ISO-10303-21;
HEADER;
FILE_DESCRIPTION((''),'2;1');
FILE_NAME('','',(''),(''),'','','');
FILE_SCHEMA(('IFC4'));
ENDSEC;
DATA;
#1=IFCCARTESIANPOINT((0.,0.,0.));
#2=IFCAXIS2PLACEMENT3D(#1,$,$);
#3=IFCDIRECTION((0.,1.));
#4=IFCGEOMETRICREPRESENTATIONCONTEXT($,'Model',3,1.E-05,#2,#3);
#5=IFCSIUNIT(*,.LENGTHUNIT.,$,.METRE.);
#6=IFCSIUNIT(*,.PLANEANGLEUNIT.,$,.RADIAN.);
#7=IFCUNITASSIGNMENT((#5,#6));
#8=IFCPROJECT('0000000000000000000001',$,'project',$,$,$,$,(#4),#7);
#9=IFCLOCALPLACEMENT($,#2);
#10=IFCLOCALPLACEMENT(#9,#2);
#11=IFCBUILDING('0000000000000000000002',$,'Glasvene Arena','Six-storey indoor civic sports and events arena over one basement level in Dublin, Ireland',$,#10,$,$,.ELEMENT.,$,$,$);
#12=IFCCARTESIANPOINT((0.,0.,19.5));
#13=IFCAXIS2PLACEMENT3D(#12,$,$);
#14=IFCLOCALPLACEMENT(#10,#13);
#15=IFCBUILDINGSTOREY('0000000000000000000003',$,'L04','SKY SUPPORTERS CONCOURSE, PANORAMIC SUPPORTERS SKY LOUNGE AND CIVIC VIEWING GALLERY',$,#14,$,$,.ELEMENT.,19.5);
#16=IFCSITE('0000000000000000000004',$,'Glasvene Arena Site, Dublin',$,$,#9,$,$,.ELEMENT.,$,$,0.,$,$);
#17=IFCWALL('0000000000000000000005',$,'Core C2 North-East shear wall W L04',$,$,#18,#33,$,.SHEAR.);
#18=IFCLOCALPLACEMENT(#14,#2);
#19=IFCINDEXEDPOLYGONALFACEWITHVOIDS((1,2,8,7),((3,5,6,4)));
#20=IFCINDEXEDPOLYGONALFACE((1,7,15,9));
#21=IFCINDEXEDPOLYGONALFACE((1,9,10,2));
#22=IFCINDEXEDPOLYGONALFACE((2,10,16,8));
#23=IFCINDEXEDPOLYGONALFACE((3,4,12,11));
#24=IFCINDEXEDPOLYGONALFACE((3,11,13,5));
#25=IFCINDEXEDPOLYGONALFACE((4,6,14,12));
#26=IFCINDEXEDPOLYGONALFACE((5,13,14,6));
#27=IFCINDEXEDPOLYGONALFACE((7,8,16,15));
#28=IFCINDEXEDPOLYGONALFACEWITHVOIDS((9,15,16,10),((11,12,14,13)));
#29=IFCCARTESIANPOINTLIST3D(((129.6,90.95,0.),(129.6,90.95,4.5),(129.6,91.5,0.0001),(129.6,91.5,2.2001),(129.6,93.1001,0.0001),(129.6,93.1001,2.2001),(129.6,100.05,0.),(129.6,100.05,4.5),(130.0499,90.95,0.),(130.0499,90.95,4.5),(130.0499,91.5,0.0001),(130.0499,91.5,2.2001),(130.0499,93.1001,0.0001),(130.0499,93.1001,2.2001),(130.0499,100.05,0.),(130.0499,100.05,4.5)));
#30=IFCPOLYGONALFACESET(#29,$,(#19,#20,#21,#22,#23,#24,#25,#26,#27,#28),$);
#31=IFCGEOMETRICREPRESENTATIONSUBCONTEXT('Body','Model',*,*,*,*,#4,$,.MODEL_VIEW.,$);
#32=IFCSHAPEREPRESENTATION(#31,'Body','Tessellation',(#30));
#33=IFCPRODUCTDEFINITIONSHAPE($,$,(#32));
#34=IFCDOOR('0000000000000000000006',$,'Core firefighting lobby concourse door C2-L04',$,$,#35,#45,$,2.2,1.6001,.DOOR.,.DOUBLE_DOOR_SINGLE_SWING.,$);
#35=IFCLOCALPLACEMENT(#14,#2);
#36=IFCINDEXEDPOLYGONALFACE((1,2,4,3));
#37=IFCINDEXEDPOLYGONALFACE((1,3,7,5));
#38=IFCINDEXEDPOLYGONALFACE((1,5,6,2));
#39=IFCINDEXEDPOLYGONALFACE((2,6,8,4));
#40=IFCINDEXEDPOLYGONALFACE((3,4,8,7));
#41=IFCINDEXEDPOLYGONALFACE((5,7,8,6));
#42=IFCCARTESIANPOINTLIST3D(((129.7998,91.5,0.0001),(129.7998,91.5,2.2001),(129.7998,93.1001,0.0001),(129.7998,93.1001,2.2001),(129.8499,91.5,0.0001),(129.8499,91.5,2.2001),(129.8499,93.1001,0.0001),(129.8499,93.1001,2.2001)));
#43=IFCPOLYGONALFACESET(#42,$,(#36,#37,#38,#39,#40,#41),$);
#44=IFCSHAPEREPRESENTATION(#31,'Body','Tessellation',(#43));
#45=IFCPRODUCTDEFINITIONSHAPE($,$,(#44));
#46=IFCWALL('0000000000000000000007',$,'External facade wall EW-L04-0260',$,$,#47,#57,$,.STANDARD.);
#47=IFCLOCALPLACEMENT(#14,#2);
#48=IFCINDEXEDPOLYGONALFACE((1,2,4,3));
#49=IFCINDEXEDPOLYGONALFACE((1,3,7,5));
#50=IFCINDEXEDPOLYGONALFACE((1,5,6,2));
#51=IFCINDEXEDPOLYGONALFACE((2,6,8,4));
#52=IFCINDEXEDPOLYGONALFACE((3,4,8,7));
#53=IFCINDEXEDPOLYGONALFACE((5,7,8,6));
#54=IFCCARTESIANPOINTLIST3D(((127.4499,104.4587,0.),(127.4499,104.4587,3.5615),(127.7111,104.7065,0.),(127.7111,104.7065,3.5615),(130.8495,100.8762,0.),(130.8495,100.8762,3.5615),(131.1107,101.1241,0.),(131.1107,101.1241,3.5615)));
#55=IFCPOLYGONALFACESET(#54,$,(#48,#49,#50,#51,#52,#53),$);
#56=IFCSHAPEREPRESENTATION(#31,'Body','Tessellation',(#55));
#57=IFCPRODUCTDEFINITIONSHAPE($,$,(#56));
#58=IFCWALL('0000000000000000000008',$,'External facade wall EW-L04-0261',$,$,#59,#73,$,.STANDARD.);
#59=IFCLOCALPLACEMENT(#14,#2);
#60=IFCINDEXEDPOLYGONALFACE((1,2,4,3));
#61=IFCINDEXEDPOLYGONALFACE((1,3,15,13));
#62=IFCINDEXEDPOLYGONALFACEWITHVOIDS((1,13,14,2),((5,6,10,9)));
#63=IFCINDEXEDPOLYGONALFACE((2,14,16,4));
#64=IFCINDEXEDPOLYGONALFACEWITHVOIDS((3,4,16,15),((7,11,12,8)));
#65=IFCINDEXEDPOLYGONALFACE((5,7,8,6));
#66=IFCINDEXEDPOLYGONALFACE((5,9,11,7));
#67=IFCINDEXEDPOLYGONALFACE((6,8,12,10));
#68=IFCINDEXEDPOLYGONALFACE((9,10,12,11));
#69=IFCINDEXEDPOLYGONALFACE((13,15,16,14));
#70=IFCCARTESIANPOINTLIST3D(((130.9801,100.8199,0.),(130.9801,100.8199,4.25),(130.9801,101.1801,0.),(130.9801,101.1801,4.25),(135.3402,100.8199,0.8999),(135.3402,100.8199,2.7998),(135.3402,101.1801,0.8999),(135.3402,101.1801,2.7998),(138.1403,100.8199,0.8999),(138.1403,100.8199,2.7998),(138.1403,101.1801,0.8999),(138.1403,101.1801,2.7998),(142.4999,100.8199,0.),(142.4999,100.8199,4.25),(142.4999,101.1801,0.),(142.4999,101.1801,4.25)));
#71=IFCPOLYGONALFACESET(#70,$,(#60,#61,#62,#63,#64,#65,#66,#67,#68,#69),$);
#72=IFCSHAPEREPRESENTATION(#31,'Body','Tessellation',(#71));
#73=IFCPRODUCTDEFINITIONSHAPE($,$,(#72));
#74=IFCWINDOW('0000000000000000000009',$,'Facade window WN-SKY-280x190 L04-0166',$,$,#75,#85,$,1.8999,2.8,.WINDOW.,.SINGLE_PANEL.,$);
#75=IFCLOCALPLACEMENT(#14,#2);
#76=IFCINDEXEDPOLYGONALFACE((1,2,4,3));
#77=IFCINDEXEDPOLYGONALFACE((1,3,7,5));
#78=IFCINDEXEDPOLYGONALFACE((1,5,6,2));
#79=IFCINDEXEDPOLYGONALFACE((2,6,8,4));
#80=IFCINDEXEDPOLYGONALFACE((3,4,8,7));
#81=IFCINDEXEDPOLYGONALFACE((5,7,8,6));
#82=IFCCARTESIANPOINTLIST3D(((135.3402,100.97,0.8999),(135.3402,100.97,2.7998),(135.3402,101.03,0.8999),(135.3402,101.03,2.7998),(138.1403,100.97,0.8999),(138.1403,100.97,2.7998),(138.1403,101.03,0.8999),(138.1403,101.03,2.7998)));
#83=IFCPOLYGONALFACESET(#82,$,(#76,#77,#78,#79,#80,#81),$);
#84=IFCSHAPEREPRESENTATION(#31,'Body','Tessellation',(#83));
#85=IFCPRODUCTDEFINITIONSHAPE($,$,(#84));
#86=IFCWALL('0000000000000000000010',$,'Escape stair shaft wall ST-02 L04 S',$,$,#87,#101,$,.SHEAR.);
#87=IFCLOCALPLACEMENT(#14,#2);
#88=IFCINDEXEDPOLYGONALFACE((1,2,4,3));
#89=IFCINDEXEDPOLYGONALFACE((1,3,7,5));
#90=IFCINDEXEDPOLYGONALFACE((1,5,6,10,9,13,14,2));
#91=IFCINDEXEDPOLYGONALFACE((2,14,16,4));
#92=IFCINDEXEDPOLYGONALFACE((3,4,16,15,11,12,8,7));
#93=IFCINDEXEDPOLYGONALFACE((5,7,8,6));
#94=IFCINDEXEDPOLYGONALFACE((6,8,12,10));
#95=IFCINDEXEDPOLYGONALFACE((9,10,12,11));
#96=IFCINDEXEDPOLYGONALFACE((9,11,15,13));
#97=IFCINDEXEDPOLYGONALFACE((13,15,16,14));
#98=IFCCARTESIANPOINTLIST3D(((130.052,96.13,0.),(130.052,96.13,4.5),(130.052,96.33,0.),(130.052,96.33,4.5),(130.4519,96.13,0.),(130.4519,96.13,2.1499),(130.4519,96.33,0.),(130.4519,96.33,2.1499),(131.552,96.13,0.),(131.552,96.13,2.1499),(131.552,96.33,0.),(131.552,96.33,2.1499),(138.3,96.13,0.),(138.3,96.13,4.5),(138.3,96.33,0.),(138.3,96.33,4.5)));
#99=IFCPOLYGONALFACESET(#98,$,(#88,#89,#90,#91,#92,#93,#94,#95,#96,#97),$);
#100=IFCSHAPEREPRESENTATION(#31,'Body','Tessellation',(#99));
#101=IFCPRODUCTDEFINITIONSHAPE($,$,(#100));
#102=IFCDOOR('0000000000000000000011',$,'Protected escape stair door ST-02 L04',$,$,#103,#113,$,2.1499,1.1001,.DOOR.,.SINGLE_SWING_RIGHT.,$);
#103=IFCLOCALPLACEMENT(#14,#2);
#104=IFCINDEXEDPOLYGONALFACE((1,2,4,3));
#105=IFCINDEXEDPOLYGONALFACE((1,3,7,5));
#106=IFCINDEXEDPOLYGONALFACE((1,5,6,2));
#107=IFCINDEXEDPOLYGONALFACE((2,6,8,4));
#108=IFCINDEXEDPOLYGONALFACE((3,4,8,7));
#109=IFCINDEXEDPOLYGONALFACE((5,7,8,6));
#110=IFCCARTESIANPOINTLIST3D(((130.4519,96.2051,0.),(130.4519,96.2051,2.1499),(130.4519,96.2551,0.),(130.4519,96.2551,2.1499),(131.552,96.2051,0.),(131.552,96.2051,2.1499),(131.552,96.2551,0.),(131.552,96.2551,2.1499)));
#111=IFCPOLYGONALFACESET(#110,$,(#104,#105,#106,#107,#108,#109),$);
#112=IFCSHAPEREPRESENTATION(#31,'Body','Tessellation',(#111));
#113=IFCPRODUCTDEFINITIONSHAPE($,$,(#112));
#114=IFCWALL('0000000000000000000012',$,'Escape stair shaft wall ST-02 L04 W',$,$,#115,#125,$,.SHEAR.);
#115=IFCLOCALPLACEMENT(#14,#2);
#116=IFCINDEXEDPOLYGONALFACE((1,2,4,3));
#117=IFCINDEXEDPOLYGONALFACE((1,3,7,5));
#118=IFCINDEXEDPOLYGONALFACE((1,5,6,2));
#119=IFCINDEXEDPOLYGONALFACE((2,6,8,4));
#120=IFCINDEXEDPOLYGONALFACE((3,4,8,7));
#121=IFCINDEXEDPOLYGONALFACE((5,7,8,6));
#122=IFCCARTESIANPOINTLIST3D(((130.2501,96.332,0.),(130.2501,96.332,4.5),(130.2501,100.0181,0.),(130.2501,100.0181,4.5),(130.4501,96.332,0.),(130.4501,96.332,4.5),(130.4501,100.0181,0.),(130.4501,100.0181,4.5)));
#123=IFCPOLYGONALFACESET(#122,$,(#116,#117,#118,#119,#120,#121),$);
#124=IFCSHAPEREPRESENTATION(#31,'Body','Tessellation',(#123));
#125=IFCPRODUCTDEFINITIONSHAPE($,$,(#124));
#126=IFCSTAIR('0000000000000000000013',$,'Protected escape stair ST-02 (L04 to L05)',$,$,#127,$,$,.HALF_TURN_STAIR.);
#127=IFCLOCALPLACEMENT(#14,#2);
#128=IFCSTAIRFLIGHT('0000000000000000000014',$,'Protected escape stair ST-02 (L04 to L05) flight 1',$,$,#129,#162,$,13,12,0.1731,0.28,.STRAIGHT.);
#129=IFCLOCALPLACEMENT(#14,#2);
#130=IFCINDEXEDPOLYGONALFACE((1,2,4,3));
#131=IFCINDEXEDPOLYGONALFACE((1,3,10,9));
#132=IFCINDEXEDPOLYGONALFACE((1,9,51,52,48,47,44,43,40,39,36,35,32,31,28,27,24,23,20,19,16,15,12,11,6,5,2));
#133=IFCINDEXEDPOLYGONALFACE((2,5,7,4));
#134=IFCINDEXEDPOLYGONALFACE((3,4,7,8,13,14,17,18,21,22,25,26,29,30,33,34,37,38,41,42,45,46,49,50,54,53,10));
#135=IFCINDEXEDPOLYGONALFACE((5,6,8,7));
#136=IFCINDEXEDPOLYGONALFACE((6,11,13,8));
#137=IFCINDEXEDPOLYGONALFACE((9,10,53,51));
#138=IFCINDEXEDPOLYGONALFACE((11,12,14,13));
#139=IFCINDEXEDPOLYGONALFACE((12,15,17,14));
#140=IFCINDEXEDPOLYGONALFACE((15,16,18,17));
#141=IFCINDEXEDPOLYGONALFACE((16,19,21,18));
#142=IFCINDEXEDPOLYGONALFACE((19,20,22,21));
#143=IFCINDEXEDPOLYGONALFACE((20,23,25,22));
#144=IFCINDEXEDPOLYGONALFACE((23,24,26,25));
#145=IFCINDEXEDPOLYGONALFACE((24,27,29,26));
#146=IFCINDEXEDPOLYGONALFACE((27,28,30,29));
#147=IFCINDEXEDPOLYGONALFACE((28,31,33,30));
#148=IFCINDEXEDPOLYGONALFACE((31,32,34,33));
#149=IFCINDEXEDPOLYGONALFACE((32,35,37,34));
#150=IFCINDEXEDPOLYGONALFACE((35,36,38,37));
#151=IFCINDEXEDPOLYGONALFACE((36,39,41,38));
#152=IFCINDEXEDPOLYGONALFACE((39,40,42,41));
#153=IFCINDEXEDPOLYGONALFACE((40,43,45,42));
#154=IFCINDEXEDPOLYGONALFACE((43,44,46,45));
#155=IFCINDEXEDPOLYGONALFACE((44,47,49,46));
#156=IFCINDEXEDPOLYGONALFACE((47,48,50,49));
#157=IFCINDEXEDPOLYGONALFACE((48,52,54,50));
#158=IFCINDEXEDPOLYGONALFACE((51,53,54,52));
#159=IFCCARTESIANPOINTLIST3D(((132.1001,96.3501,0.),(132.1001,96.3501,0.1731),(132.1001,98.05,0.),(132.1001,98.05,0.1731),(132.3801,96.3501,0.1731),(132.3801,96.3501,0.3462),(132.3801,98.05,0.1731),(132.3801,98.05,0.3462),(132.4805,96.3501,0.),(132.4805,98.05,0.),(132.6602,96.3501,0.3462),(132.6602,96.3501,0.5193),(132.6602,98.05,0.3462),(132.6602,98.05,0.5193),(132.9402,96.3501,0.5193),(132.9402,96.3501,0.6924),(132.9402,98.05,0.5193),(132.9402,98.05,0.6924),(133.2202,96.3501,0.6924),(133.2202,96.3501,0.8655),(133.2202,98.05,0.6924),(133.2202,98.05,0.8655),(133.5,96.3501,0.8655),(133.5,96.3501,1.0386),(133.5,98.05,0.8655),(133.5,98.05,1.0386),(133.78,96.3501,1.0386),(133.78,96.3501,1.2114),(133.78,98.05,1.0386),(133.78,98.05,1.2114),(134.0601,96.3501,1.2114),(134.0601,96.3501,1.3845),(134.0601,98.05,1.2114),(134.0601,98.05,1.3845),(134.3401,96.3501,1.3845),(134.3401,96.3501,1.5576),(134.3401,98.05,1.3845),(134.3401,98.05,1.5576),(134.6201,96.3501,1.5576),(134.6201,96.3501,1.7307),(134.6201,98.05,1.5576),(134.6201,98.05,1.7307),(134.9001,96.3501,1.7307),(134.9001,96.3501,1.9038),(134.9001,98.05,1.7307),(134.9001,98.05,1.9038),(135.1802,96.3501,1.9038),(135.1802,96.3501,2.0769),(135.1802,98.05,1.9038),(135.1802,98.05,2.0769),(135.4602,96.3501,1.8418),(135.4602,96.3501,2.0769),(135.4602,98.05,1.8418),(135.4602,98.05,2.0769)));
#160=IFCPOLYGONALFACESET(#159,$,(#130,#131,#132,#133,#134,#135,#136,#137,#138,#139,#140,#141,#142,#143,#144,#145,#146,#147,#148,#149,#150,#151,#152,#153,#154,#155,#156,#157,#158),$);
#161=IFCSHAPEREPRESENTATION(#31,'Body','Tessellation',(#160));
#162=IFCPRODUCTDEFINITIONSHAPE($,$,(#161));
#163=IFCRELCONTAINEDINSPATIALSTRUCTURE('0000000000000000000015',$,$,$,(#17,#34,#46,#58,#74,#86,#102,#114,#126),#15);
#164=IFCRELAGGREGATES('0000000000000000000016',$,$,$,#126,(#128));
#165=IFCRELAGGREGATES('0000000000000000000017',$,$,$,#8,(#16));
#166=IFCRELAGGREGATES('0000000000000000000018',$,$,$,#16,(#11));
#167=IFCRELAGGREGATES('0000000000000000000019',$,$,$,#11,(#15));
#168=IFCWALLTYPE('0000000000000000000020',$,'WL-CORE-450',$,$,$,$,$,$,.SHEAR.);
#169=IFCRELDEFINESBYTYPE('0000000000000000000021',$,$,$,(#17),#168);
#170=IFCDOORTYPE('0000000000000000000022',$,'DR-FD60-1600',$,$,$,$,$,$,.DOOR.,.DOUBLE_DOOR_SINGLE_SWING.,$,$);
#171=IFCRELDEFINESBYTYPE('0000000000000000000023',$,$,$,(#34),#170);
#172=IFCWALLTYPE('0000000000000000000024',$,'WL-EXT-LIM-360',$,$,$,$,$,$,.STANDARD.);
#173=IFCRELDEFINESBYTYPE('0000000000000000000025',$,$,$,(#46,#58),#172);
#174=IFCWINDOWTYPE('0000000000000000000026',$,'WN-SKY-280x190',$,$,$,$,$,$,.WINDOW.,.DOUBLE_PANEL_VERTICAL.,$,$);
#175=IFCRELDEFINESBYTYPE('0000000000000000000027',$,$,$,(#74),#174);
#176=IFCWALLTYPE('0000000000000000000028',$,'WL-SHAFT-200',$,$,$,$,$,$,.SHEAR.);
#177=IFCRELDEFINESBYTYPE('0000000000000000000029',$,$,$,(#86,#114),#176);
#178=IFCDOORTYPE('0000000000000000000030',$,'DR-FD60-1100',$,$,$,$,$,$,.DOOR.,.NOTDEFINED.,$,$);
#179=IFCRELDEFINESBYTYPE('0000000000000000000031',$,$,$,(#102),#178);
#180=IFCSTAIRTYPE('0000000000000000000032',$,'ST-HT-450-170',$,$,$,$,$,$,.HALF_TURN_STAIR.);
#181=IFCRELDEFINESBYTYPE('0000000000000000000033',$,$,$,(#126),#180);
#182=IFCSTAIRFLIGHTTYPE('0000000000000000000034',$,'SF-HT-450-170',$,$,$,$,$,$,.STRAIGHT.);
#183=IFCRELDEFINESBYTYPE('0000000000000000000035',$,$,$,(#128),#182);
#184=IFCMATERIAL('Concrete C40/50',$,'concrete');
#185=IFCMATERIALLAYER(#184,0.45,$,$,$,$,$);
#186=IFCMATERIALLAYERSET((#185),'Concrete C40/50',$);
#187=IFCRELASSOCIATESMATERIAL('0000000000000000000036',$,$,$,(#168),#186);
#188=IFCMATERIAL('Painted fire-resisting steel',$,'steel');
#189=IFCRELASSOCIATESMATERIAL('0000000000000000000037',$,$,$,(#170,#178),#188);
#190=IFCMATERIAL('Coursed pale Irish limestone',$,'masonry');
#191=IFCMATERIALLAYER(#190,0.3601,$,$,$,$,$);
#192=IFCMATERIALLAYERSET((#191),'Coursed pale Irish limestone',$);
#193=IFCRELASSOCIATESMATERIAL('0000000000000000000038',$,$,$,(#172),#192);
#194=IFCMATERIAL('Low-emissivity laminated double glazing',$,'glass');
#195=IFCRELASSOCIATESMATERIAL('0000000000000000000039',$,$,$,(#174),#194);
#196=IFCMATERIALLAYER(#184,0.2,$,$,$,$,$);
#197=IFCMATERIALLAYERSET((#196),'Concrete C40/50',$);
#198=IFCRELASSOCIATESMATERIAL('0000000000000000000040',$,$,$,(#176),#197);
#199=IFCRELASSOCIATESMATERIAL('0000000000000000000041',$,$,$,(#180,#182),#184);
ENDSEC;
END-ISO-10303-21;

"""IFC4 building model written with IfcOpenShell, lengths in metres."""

from ifc_helpers import new_model, si_unit, direction, frame, frame_2d, origin, place, context, subcontext, project, spatial, polyline, rectangle, outline, extrude, material, layer, layer_set, type_object, element, fill, aggregate, save


model = new_model("IFC4")

# Units and contexts
model_context = context("Model", 3, precision=1e-05, world=origin(), true_north=direction((0.0, 1.0)))
body_context = subcontext(model_context, "Body", "Model", "MODEL_VIEW")
ifc_project = project(units=[si_unit("LENGTHUNIT", "METRE"), si_unit("PLANEANGLEUNIT", "RADIAN")], contexts=[model_context])

# Site, building, storey
site_placement = place(None, origin())
site = spatial("IfcSite", under=ifc_project, at=site_placement, Name="Glasvene Arena Site, Dublin", CompositionType="ELEMENT", RefElevation=0.0)
building_placement = place(site_placement, origin())
building = spatial("IfcBuilding", under=site, at=building_placement, Name="Glasvene Arena", Description="Six-storey indoor civic sports and events arena over one basement level in Dublin, Ireland", CompositionType="ELEMENT")
storey_placement = place(building_placement, frame((0.0, 0.0, 19.5)))
storey = spatial("IfcBuildingStorey", under=building, at=storey_placement, Name="L04", Description="SKY SUPPORTERS CONCOURSE, PANORAMIC SUPPORTERS SKY LOUNGE AND CIVIC VIEWING GALLERY", CompositionType="ELEMENT", Elevation=19.5)

# Shared definitions
ifc_material_1 = material(Name="Low-emissivity laminated double glazing", Category="glass")

# Shared definitions
ifc_material_2 = material(Name="Concrete C40/50", Category="concrete")

# Shared definitions
ifc_layer_1 = layer(ifc_material_2, 0.45)
ifc_layer_set_1 = layer_set([ifc_layer_1], Name="Concrete C40/50")
wall_type_1 = type_object("IfcWallType", Name="WL-CORE-450", PredefinedType="SHEAR", material=ifc_layer_set_1)

# Wall, opening, door
wall_1_placement = place(storey_placement, frame((129.825, 90.95, 0.0), z_axis=(0.0, 0.0, 1.0), x_axis=(0.0, 1.0, 0.0)))
wall_1 = element("IfcWall", 1, at=wall_1_placement, inside=storey, type_object=wall_type_1, Name="Core C2 North-East shear wall W L04", PredefinedType="SHEAR", context=body_context, shape_type="SweptSolid", body=[
    extrude(rectangle(XDim=9.1001, YDim=0.45, at=frame_2d((4.55, 0.0))), origin(), (0.0, 0.0, 1.0), 4.5),
])
opening_1_placement = place(wall_1_placement, frame((0.55, 0.0, 0.0)))
opening_1 = element("IfcOpeningElement", 2, at=opening_1_placement, cuts=wall_1, PredefinedType="OPENING", context=body_context, shape_type="SweptSolid", body=[
    extrude(rectangle(XDim=1.6001, YDim=2.2, at=frame_2d((0.8, 1.1001))), frame((0.0, 0.2349, 0.0), z_axis=(0.0, -1.0, 0.0), x_axis=(1.0, 0.0, 0.0)), (0.0, 0.0, 1.0), 0.47),
])
ifc_material_3 = material(Name="Painted fire-resisting steel", Category="steel")
door_type_1 = type_object("IfcDoorType", Name="DR-FD60-1600", OperationType="DOUBLE_DOOR_SINGLE_SWING", PredefinedType="DOOR", material=ifc_material_3)
door_1_placement = place(opening_1_placement, frame((1.6001, 0.0, 0.0), z_axis=(0.0, 0.0, 1.0), x_axis=(-1.0, 0.0, 0.0)))
door_1 = element("IfcDoor", 3, at=door_1_placement, inside=storey, type_object=door_type_1, Name="Core firefighting lobby concourse door C2-L04", OperationType="DOUBLE_DOOR_SINGLE_SWING", OverallHeight=2.2, OverallWidth=1.6001, PredefinedType="DOOR", context=body_context, shape_type="SweptSolid", body=[
    extrude(rectangle(XDim=1.6001, YDim=2.2, at=frame_2d((0.8, 1.1001))), frame((0.0, 0.0249, 0.0), z_axis=(0.0, -1.0, 0.0), x_axis=(1.0, 0.0, 0.0)), (0.0, 0.0, 1.0), 0.05),
])
fill(opening_1, door_1)

# Wall
ifc_material_4 = material(Name="Coursed pale Irish limestone", Category="masonry")
ifc_layer_2 = layer(ifc_material_4, 0.3601)
ifc_layer_set_2 = layer_set([ifc_layer_2], Name="Coursed pale Irish limestone")
wall_type_2 = type_object("IfcWallType", Name="WL-EXT-LIM-360", PredefinedType="STANDARD", material=ifc_layer_set_2)
wall_2_placement = place(storey_placement, frame((127.5806, 104.5825, 0.0), z_axis=(0.0, 0.0, 1.0), x_axis=(0.688352, -0.725377, 0.0)))
element("IfcWall", 4, at=wall_2_placement, inside=storey, type_object=wall_type_2, Name="External facade wall EW-L04-0260", PredefinedType="STANDARD", context=body_context, shape_type="SweptSolid", body=[
    extrude(rectangle(XDim=4.9387, YDim=0.3601, at=frame_2d((2.4692, 0.0))), origin(), (0.0, 0.0, 1.0), 3.5615),
])

# Wall, opening, window
wall_3_placement = place(storey_placement, frame((130.9802, 101.0, 0.0), z_axis=(0.0, 0.0, 1.0), x_axis=(1.0, 0.0, 0.0)))
wall_3 = element("IfcWall", 5, at=wall_3_placement, inside=storey, type_object=wall_type_2, Name="External facade wall EW-L04-0261", PredefinedType="STANDARD", context=body_context, shape_type="SweptSolid", body=[
    extrude(rectangle(XDim=11.5198, YDim=0.3601, at=frame_2d((5.7598, 0.0))), origin(), (0.0, 0.0, 1.0), 4.25),
])
opening_2_placement = place(wall_3_placement, frame((4.3601, 0.0, 0.8999)))
opening_2 = element("IfcOpeningElement", 6, at=opening_2_placement, cuts=wall_3, PredefinedType="OPENING", context=body_context, shape_type="SweptSolid", body=[
    extrude(rectangle(XDim=2.8, YDim=1.8999, at=frame_2d((1.3999, 0.95))), frame((0.0, 0.1899, 0.0), z_axis=(0.0, -1.0, 0.0), x_axis=(1.0, 0.0, 0.0)), (0.0, 0.0, 1.0), 0.3801),
])
window_type = type_object("IfcWindowType", Name="WN-SKY-280x190", PartitioningType="DOUBLE_PANEL_VERTICAL", PredefinedType="WINDOW", material=ifc_material_1)
window_placement = place(opening_2_placement, origin())
window = element("IfcWindow", 7, at=window_placement, inside=storey, type_object=window_type, Name="Facade window WN-SKY-280x190 L04-0166", OverallHeight=1.8999, OverallWidth=2.8, PartitioningType="SINGLE_PANEL", PredefinedType="WINDOW", context=body_context, shape_type="SweptSolid", body=[
    extrude(rectangle(XDim=2.8, YDim=1.8999, at=frame_2d((1.3999, 0.95))), frame((0.0, 0.03, 0.0), z_axis=(0.0, -1.0, 0.0), x_axis=(1.0, 0.0, 0.0)), (0.0, 0.0, 1.0), 0.0601),
])
fill(opening_2, window)

# Wall, opening, door
ifc_layer_3 = layer(ifc_material_2, 0.2)
ifc_layer_set_3 = layer_set([ifc_layer_3], Name="Concrete C40/50")
wall_type_3 = type_object("IfcWallType", Name="WL-SHAFT-200", PredefinedType="SHEAR", material=ifc_layer_set_3)
wall_4_placement = place(storey_placement, frame((130.052, 96.23, 0.0), z_axis=(0.0, 0.0, 1.0), x_axis=(1.0, 0.0, 0.0)))
wall_4 = element("IfcWall", 8, at=wall_4_placement, inside=storey, type_object=wall_type_3, Name="Escape stair shaft wall ST-02 L04 S", PredefinedType="SHEAR", context=body_context, shape_type="SweptSolid", body=[
    extrude(rectangle(XDim=8.248, YDim=0.2, at=frame_2d((4.124, 0.0))), origin(), (0.0, 0.0, 1.0), 4.5),
])
opening_3_placement = place(wall_4_placement, frame((0.3999, 0.0, 0.0)))
opening_3 = element("IfcOpeningElement", 9, at=opening_3_placement, cuts=wall_4, PredefinedType="OPENING", context=body_context, shape_type="SweptSolid", body=[
    extrude(rectangle(XDim=1.1001, YDim=2.1499, at=frame_2d((0.55, 1.075))), frame((0.0, 0.1099, 0.0), z_axis=(0.0, -1.0, 0.0), x_axis=(1.0, 0.0, 0.0)), (0.0, 0.0, 1.0), 0.22),
])
door_type_2 = type_object("IfcDoorType", Name="DR-FD60-1100", OperationType="NOTDEFINED", PredefinedType="DOOR", material=ifc_material_3)
door_2_placement = place(opening_3_placement, frame((1.1001, 0.0, 0.0), z_axis=(0.0, 0.0, 1.0), x_axis=(-1.0, 0.0, 0.0)))
door_2 = element("IfcDoor", 10, at=door_2_placement, inside=storey, type_object=door_type_2, Name="Protected escape stair door ST-02 L04", OperationType="SINGLE_SWING_RIGHT", OverallHeight=2.1499, OverallWidth=1.1001, PredefinedType="DOOR", context=body_context, shape_type="SweptSolid", body=[
    extrude(rectangle(XDim=1.1001, YDim=2.1499, at=frame_2d((0.55, 1.075))), frame((0.0, 0.0249, 0.0), z_axis=(0.0, -1.0, 0.0), x_axis=(1.0, 0.0, 0.0)), (0.0, 0.0, 1.0), 0.05),
])
fill(opening_3, door_2)

# Wall
wall_5_placement = place(storey_placement, frame((130.3501, 96.332, 0.0), z_axis=(0.0, 0.0, 1.0), x_axis=(0.0, 1.0, 0.0)))
element("IfcWall", 11, at=wall_5_placement, inside=storey, type_object=wall_type_3, Name="Escape stair shaft wall ST-02 L04 W", PredefinedType="SHEAR", context=body_context, shape_type="SweptSolid", body=[
    extrude(rectangle(XDim=3.686, YDim=0.2, at=frame_2d((1.843, 0.0))), origin(), (0.0, 0.0, 1.0), 4.5),
])

# Stair, stair flight
stair_type = type_object("IfcStairType", Name="ST-HT-450-170", PredefinedType="HALF_TURN_STAIR", material=ifc_material_2)
stair_placement = place(storey_placement, origin())
stair = element("IfcStair", 12, at=stair_placement, inside=storey, type_object=stair_type, Name="Protected escape stair ST-02 (L04 to L05)", PredefinedType="HALF_TURN_STAIR")
stair_flight_type = type_object("IfcStairFlightType", Name="SF-HT-450-170", PredefinedType="STRAIGHT", material=ifc_material_2)
stair_flight_placement = place(storey_placement, frame((132.1001, 97.2, 0.0), z_axis=(0.0, 0.0, 1.0), x_axis=(1.0, 0.0, 0.0)))
stair_flight = element("IfcStairFlight", 13, at=stair_flight_placement, type_object=stair_flight_type, Name="Protected escape stair ST-02 (L04 to L05) flight 1", NumberOfRisers=13, NumberOfTreads=12, PredefinedType="STRAIGHT", RiserHeight=0.1731, TreadLength=0.28, context=body_context, shape_type="SweptSolid", body=[
    extrude(outline(polyline([(0.0, 0.0), (0.0, 0.1731), (0.28, 0.1731), (0.28, 0.3462), (0.5601, 0.3462), (0.5601, 0.5193), (0.8401, 0.5193), (0.8401, 0.6924), (1.1201, 0.6924), (1.1201, 0.8655), (1.3999, 0.8655), (1.3999, 1.0386), (1.6799, 1.0386), (1.6799, 1.2114), (1.96, 1.2114), (1.96, 1.3845), (2.24, 1.3845), (2.24, 1.5576), (2.52, 1.5576), (2.52, 1.7307), (2.8, 1.7307), (2.8, 1.9038), (3.0801, 1.9038), (3.0801, 2.0769), (3.3601, 2.0769), (3.3601, 2.25), (3.3601, 1.8418), (0.3804, 0.0), (0.0, 0.0)])), frame((0.0, 0.8501, 0.0), z_axis=(0.0, -1.0, 0.0), x_axis=(1.0, 0.0, 0.0)), (0.0, 0.0, 1.0), 1.7),
])
aggregate(stair, [stair_flight])

save(model, "model.ifc")
